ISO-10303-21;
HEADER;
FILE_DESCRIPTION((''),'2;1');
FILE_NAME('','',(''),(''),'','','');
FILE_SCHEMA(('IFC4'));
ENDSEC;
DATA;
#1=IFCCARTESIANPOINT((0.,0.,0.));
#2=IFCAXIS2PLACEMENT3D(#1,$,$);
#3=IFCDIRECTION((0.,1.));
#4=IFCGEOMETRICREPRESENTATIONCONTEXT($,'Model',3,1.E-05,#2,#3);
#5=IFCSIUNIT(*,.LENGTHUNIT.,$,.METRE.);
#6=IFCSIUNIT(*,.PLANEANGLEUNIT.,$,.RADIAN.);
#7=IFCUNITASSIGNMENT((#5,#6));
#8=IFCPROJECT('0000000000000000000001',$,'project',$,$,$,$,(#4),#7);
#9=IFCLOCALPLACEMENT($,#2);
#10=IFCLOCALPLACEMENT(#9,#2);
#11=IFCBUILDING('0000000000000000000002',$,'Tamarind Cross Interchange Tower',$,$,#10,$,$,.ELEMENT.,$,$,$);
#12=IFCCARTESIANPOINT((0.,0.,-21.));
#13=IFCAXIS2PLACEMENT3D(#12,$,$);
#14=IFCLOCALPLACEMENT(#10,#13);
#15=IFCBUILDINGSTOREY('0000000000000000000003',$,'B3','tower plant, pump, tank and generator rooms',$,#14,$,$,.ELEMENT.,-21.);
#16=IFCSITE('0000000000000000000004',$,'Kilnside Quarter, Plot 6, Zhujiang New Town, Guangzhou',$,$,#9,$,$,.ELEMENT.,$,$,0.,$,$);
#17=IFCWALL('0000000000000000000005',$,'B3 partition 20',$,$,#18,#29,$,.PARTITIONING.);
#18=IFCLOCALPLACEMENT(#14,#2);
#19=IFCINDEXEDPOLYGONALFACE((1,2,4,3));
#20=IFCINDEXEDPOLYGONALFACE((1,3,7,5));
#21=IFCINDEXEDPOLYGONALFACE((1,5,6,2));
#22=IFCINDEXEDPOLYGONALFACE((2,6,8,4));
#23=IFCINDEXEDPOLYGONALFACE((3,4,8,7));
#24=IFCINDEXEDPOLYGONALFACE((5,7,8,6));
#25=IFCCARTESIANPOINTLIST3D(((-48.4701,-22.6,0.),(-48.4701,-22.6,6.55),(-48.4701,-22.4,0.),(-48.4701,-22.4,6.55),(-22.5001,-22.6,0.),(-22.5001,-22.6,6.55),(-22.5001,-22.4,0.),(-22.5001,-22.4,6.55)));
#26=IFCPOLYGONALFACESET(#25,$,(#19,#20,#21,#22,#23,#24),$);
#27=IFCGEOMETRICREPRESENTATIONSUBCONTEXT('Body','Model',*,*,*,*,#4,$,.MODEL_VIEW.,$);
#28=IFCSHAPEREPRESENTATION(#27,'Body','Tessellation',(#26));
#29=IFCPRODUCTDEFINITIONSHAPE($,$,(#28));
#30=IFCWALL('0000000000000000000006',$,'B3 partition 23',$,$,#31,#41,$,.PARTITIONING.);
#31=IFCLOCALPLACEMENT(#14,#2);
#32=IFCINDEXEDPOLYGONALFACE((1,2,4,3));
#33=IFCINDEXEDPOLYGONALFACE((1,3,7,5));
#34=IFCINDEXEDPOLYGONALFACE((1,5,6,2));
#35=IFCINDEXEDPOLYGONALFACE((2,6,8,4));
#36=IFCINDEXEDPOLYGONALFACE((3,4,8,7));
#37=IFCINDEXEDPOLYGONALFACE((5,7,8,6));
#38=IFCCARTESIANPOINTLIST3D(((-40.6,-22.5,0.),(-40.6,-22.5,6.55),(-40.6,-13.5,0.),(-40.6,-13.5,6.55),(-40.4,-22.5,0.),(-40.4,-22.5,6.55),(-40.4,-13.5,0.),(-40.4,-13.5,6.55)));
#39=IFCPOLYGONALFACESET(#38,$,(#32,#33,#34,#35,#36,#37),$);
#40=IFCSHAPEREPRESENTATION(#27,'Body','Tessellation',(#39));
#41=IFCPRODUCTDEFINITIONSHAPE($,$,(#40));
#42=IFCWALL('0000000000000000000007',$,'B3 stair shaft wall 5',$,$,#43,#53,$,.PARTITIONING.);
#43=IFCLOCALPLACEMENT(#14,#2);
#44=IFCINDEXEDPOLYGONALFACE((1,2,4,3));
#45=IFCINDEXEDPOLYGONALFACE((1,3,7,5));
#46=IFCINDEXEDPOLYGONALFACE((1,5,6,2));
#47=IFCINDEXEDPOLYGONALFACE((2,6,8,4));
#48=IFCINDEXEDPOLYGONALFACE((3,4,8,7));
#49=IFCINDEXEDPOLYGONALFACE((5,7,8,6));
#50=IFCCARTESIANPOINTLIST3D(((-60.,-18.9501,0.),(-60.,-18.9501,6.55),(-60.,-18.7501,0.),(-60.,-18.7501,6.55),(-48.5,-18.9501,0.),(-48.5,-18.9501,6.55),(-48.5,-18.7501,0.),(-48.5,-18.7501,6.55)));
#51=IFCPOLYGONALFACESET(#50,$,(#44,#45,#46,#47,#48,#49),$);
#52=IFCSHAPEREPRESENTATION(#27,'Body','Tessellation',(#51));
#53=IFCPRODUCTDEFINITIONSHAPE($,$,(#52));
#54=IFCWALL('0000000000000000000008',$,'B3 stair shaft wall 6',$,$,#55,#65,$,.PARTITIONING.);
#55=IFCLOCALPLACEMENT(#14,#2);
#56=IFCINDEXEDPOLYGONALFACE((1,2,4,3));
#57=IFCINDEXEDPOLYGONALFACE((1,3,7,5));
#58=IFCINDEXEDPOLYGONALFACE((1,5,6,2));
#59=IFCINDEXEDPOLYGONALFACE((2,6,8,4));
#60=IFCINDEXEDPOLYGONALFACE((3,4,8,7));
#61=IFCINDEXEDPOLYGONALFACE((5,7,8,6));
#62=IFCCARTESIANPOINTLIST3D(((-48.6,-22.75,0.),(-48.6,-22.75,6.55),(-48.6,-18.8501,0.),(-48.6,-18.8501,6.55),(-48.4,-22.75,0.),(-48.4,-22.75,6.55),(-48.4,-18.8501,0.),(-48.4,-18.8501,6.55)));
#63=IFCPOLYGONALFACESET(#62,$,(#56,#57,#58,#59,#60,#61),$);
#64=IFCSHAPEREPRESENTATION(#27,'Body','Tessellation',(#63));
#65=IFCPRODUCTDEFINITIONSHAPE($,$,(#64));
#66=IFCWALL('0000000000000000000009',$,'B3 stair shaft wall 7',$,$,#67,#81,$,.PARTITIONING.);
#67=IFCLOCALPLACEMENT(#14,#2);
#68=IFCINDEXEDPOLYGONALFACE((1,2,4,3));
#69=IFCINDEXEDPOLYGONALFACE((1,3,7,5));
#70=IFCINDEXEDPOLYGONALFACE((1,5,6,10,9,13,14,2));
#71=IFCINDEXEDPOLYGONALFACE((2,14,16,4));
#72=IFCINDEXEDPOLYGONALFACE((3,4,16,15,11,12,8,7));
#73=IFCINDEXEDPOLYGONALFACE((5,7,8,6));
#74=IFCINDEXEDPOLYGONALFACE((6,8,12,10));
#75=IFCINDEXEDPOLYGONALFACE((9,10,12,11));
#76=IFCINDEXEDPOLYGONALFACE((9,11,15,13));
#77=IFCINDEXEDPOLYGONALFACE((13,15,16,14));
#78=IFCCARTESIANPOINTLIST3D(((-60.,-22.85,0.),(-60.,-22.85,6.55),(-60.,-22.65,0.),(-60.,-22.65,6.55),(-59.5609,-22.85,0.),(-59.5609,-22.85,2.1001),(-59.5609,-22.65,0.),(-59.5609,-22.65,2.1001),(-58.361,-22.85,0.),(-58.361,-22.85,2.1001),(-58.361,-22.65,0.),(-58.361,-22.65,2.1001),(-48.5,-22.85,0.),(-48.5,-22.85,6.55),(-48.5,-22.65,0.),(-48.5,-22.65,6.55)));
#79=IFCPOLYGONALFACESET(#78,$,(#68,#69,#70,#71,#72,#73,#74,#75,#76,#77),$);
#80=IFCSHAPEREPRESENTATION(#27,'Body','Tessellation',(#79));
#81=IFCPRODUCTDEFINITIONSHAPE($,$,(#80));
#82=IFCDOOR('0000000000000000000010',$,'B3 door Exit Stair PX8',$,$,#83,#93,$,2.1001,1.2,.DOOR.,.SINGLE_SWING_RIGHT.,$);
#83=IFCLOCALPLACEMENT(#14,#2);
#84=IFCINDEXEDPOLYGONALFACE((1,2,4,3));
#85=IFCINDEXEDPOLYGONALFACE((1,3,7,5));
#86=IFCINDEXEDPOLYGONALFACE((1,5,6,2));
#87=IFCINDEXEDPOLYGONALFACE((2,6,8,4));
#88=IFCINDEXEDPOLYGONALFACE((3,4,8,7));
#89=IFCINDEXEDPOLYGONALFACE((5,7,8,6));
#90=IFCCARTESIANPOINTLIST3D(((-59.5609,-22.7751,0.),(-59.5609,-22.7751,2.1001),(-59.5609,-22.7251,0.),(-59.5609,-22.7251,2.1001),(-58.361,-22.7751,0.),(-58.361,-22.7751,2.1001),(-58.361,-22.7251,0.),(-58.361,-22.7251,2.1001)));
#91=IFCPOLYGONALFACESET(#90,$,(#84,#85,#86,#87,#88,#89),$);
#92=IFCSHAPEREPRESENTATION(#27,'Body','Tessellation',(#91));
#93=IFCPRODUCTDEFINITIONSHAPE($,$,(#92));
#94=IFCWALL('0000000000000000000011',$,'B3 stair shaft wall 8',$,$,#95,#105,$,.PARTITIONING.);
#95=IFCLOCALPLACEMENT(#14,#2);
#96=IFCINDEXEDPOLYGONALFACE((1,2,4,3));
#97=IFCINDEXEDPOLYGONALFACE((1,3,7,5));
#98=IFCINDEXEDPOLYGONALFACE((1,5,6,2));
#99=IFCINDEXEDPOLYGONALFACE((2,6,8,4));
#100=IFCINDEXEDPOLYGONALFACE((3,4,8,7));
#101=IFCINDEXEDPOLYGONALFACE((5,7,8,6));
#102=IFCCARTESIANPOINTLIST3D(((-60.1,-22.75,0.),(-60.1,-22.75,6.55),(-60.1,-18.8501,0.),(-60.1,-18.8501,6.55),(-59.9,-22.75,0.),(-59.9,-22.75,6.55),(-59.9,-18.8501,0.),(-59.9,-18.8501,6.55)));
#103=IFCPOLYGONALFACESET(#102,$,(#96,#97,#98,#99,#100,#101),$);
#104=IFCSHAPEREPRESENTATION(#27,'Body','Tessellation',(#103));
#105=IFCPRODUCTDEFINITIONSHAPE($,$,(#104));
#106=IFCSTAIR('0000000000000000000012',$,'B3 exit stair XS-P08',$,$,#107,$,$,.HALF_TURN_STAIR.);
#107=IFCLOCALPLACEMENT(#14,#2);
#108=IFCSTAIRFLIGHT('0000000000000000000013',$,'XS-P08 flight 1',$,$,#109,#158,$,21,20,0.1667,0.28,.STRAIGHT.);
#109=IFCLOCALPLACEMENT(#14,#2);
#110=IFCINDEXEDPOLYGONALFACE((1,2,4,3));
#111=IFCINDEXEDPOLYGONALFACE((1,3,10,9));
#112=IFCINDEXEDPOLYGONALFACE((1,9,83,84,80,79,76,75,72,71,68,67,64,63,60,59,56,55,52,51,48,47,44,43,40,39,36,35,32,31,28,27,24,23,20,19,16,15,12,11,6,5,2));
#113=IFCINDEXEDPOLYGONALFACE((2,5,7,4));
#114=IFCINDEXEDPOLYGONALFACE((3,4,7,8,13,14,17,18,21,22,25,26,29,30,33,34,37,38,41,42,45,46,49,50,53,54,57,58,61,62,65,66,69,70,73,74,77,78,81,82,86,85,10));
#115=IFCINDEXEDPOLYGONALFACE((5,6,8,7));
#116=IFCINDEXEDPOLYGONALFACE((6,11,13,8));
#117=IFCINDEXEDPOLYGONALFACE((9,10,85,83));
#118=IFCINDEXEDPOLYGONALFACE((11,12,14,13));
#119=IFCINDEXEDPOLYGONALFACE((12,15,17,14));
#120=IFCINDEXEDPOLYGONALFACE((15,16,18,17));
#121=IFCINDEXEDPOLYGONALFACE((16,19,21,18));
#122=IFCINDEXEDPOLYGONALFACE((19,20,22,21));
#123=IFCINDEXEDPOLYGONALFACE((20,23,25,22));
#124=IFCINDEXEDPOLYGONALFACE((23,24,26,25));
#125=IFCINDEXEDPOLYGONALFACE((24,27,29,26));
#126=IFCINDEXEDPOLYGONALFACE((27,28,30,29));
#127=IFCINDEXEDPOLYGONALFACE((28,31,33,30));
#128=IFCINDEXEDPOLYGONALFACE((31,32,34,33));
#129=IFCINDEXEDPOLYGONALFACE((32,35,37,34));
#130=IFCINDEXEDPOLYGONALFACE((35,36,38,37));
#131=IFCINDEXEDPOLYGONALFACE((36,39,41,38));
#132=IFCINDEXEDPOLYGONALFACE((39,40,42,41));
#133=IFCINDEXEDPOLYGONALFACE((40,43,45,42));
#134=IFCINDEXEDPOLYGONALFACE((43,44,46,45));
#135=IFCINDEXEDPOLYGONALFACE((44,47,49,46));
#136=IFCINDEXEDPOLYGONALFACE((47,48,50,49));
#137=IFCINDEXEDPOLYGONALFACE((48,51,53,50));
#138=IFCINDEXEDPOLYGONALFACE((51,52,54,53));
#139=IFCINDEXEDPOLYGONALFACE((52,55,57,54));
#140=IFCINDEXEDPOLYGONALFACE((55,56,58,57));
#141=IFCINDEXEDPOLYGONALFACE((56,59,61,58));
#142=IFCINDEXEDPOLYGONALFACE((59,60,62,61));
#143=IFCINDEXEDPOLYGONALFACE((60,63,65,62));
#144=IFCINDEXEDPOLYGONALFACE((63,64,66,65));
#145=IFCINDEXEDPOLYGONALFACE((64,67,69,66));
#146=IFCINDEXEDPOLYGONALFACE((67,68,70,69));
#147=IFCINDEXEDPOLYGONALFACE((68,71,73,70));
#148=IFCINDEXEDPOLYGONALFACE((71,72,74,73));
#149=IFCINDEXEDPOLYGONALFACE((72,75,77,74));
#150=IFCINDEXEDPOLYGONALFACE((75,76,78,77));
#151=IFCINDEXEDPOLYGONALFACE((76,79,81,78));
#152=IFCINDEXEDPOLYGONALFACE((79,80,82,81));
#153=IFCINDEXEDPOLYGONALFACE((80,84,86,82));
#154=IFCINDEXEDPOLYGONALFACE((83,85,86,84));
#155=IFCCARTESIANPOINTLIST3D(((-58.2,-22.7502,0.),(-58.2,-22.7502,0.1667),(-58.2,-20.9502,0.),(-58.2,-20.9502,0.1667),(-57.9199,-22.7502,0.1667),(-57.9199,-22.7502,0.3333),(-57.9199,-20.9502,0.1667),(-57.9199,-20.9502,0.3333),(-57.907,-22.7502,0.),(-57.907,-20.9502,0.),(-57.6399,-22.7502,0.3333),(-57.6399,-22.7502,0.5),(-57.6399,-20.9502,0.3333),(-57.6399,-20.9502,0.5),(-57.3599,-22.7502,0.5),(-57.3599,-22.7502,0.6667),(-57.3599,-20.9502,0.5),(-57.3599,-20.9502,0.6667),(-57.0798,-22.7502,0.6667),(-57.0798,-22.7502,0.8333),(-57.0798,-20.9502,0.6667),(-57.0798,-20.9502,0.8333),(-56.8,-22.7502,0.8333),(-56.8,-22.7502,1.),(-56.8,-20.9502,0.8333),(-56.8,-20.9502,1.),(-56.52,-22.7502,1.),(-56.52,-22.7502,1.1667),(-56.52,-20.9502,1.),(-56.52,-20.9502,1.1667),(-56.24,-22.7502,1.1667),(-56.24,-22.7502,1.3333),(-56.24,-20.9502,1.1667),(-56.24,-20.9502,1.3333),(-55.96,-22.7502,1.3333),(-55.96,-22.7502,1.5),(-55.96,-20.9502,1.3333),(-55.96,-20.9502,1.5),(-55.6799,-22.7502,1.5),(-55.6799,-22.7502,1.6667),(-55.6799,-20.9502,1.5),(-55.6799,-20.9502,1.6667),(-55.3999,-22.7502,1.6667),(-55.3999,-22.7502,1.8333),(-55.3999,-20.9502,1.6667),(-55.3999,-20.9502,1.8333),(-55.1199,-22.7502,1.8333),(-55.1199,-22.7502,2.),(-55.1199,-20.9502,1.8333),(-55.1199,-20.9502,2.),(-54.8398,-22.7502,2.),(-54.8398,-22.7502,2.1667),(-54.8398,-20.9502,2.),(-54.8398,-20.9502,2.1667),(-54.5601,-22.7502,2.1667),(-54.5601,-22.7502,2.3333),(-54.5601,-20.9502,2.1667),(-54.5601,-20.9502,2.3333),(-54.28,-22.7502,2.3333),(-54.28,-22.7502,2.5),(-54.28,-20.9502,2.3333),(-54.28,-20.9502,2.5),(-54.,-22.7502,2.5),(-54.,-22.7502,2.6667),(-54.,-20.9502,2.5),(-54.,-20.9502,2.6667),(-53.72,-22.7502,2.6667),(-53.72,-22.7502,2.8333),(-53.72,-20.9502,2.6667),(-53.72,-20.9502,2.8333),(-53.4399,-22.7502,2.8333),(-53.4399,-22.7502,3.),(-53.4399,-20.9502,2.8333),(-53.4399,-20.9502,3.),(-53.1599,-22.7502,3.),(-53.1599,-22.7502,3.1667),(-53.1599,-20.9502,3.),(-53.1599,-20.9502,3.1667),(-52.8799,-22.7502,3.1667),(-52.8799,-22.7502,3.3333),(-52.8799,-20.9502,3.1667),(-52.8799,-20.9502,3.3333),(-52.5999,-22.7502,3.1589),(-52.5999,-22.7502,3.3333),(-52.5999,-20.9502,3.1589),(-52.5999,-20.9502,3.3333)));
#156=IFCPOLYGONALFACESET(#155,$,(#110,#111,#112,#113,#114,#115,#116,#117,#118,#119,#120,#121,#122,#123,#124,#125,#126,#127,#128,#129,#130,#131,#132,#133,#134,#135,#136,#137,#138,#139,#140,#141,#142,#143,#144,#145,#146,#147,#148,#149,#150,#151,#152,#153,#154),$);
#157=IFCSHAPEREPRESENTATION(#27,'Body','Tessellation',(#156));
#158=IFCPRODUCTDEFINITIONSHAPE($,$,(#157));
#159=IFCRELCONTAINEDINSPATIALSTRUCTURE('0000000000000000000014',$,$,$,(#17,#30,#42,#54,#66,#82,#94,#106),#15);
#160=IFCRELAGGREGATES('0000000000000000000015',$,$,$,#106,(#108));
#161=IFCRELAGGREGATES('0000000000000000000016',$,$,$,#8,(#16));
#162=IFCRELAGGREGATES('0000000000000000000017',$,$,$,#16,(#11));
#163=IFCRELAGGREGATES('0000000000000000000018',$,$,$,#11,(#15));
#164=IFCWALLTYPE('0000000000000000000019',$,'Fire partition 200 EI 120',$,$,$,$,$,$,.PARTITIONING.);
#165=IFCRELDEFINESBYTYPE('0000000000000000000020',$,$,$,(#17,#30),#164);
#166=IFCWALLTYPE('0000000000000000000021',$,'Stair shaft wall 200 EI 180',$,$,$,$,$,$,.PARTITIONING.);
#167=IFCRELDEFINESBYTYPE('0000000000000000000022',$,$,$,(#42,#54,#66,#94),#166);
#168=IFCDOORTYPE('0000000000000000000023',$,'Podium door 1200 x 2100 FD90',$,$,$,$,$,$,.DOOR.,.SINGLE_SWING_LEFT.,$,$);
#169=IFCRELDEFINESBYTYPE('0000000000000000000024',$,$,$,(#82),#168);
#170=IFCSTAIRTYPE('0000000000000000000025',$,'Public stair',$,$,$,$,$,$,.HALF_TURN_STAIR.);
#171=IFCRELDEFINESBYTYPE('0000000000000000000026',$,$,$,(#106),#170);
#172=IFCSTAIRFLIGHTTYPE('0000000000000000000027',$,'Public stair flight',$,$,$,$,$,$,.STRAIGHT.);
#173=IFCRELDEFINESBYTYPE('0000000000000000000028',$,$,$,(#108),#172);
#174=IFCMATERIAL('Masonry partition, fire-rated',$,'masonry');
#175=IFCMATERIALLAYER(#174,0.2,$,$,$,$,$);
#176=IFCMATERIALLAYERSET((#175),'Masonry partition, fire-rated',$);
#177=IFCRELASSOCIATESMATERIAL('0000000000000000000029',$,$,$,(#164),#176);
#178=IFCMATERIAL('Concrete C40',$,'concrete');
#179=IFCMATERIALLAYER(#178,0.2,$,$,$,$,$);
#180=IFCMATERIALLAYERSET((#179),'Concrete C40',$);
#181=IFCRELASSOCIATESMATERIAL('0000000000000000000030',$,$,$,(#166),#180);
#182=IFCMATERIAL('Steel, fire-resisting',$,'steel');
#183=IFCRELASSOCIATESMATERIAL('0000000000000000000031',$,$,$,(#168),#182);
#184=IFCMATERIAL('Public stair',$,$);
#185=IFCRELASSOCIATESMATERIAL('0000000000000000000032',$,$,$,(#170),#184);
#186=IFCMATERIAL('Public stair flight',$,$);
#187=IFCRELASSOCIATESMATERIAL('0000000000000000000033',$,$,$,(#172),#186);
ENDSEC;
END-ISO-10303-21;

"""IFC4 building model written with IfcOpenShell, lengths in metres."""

from ifc_helpers import new_model, si_unit, direction, frame, frame_2d, origin, place, context, subcontext, project, spatial, polyline, rectangle, outline, extrude, material, layer, layer_set, type_object, element, fill, aggregate, save


model = new_model("IFC4")

# Units and contexts
model_context = context("Model", 3, precision=1e-05, world=origin(), true_north=direction((0.0, 1.0)))
body_context = subcontext(model_context, "Body", "Model", "MODEL_VIEW")
ifc_project = project(units=[si_unit("LENGTHUNIT", "METRE"), si_unit("PLANEANGLEUNIT", "RADIAN")], contexts=[model_context])

# Site, building, storey
site_placement = place(None, origin())
site = spatial("IfcSite", under=ifc_project, at=site_placement, Name="Kilnside Quarter, Plot 6, Zhujiang New Town, Guangzhou", CompositionType="ELEMENT", RefElevation=0.0)
building_placement = place(site_placement, origin())
building = spatial("IfcBuilding", under=site, at=building_placement, Name="Tamarind Cross Interchange Tower", CompositionType="ELEMENT")
storey_placement = place(building_placement, frame((0.0, 0.0, -21.0)))
storey = spatial("IfcBuildingStorey", under=building, at=storey_placement, Name="B3", Description="tower plant, pump, tank and generator rooms", CompositionType="ELEMENT", Elevation=-21.0)

# Shared definitions
ifc_material_1 = material(Name="Masonry partition, fire-rated", Category="masonry")
ifc_layer_1 = layer(ifc_material_1, 0.2)
ifc_layer_set_1 = layer_set([ifc_layer_1], Name="Masonry partition, fire-rated")
wall_type_1 = type_object("IfcWallType", Name="Fire partition 200 EI 120", PredefinedType="PARTITIONING", material=ifc_layer_set_1)

# Shared definitions
ifc_material_2 = material(Name="Steel, fire-resisting", Category="steel")

# Walls
wall_1_placement = place(storey_placement, frame((-48.47, -22.5, 0.0), z_axis=(0.0, 0.0, 1.0), x_axis=(1.0, 0.0, 0.0)))
element("IfcWall", 1, at=wall_1_placement, inside=storey, type_object=wall_type_1, Name="B3 partition 20", PredefinedType="PARTITIONING", context=body_context, shape_type="SweptSolid", body=[
    extrude(rectangle(XDim=25.97, YDim=0.2, at=frame_2d((12.9849, 0.0))), origin(), (0.0, 0.0, 1.0), 6.55),
])
wall_2_placement = place(storey_placement, frame((-40.5, -22.5, 0.0), z_axis=(0.0, 0.0, 1.0), x_axis=(0.0, 1.0, 0.0)))
element("IfcWall", 2, at=wall_2_placement, inside=storey, type_object=wall_type_1, Name="B3 partition 23", PredefinedType="PARTITIONING", context=body_context, shape_type="SweptSolid", body=[
    extrude(rectangle(XDim=9.0, YDim=0.2, at=frame_2d((4.5, 0.0))), origin(), (0.0, 0.0, 1.0), 6.55),
])
ifc_material_3 = material(Name="Concrete C40", Category="concrete")
ifc_layer_2 = layer(ifc_material_3, 0.2)
ifc_layer_set_2 = layer_set([ifc_layer_2], Name="Concrete C40")
wall_type_2 = type_object("IfcWallType", Name="Stair shaft wall 200 EI 180", PredefinedType="PARTITIONING", material=ifc_layer_set_2)
wall_3_placement = place(storey_placement, frame((-60.0, -18.8501, 0.0), z_axis=(0.0, 0.0, 1.0), x_axis=(1.0, 0.0, 0.0)))
element("IfcWall", 3, at=wall_3_placement, inside=storey, type_object=wall_type_2, Name="B3 stair shaft wall 5", PredefinedType="PARTITIONING", context=body_context, shape_type="SweptSolid", body=[
    extrude(rectangle(XDim=11.5, YDim=0.2, at=frame_2d((5.75, 0.0))), origin(), (0.0, 0.0, 1.0), 6.55),
])
wall_4_placement = place(storey_placement, frame((-48.5, -22.75, 0.0), z_axis=(0.0, 0.0, 1.0), x_axis=(0.0, 1.0, 0.0)))
element("IfcWall", 4, at=wall_4_placement, inside=storey, type_object=wall_type_2, Name="B3 stair shaft wall 6", PredefinedType="PARTITIONING", context=body_context, shape_type="SweptSolid", body=[
    extrude(rectangle(XDim=3.8999, YDim=0.2, at=frame_2d((1.95, 0.0))), origin(), (0.0, 0.0, 1.0), 6.55),
])

# Wall, opening, door
wall_5_placement = place(storey_placement, frame((-60.0, -22.75, 0.0), z_axis=(0.0, 0.0, 1.0), x_axis=(1.0, 0.0, 0.0)))
wall_5 = element("IfcWall", 5, at=wall_5_placement, inside=storey, type_object=wall_type_2, Name="B3 stair shaft wall 7", PredefinedType="PARTITIONING", context=body_context, shape_type="SweptSolid", body=[
    extrude(rectangle(XDim=11.5, YDim=0.2, at=frame_2d((5.75, 0.0))), origin(), (0.0, 0.0, 1.0), 6.55),
])
opening_1_placement = place(wall_5_placement, frame((0.439, 0.0, 0.0)))
opening_1 = element("IfcOpeningElement", 6, at=opening_1_placement, cuts=wall_5, PredefinedType="OPENING", context=body_context, shape_type="SweptSolid", body=[
    extrude(rectangle(XDim=1.2, YDim=2.1001, at=frame_2d((0.6001, 1.05))), frame((0.0, 0.1099, 0.0), z_axis=(0.0, -1.0, 0.0), x_axis=(1.0, 0.0, 0.0)), (0.0, 0.0, 1.0), 0.22),
])
door_type_1 = type_object("IfcDoorType", Name="Podium door 1200 x 2100 FD90", OperationType="SINGLE_SWING_LEFT", PredefinedType="DOOR", material=ifc_material_2)
door_1_placement = place(opening_1_placement, origin())
door_1 = element("IfcDoor", 7, at=door_1_placement, inside=storey, type_object=door_type_1, Name="B3 door Exit Stair PX8", OperationType="SINGLE_SWING_RIGHT", OverallHeight=2.1001, OverallWidth=1.2, PredefinedType="DOOR", context=body_context, shape_type="SweptSolid", body=[
    extrude(rectangle(XDim=1.2, YDim=2.1001, at=frame_2d((0.6001, 1.05))), frame((0.0, 0.0249, 0.0), z_axis=(0.0, -1.0, 0.0), x_axis=(1.0, 0.0, 0.0)), (0.0, 0.0, 1.0), 0.05),
])
fill(opening_1, door_1)

# Wall
wall_6_placement = place(storey_placement, frame((-60.0, -22.75, 0.0), z_axis=(0.0, 0.0, 1.0), x_axis=(0.0, 1.0, 0.0)))
element("IfcWall", 8, at=wall_6_placement, inside=storey, type_object=wall_type_2, Name="B3 stair shaft wall 8", PredefinedType="PARTITIONING", context=body_context, shape_type="SweptSolid", body=[
    extrude(rectangle(XDim=3.8999, YDim=0.2, at=frame_2d((1.95, 0.0))), origin(), (0.0, 0.0, 1.0), 6.55),
])

# Stair, stair flight
ifc_material_4 = material(Name="Public stair")
stair_type = type_object("IfcStairType", Name="Public stair", PredefinedType="HALF_TURN_STAIR", material=ifc_material_4)
stair_placement = place(storey_placement, origin())
stair = element("IfcStair", 9, at=stair_placement, inside=storey, type_object=stair_type, Name="B3 exit stair XS-P08", PredefinedType="HALF_TURN_STAIR")
ifc_material_5 = material(Name="Public stair flight")
stair_flight_type = type_object("IfcStairFlightType", Name="Public stair flight", PredefinedType="STRAIGHT", material=ifc_material_5)
stair_flight_1_placement = place(storey_placement, frame((-58.2, -21.8501, 0.0), z_axis=(0.0, 0.0, 1.0), x_axis=(1.0, 0.0, 0.0)))
stair_flight_1 = element("IfcStairFlight", 10, at=stair_flight_1_placement, type_object=stair_flight_type, Name="XS-P08 flight 1", NumberOfRisers=21, NumberOfTreads=20, PredefinedType="STRAIGHT", RiserHeight=0.1667, TreadLength=0.28, context=body_context, shape_type="SweptSolid", body=[
    extrude(outline(polyline([(0.0, 0.0), (0.0, 0.1667), (0.28, 0.1667), (0.28, 0.3333), (0.5601, 0.3333), (0.5601, 0.5), (0.8401, 0.5), (0.8401, 0.6667), (1.1201, 0.6667), (1.1201, 0.8333), (1.3999, 0.8333), (1.3999, 1.0), (1.6799, 1.0), (1.6799, 1.1667), (1.96, 1.1667), (1.96, 1.3333), (2.24, 1.3333), (2.24, 1.5), (2.52, 1.5), (2.52, 1.6667), (2.8, 1.6667), (2.8, 1.8333), (3.0801, 1.8333), (3.0801, 2.0), (3.3601, 2.0), (3.3601, 2.1667), (3.6399, 2.1667), (3.6399, 2.3333), (3.9199, 2.3333), (3.9199, 2.5), (4.2, 2.5), (4.2, 2.6667), (4.48, 2.6667), (4.48, 2.8333), (4.76, 2.8333), (4.76, 3.0), (5.04, 3.0), (5.04, 3.1667), (5.3201, 3.1667), (5.3201, 3.3333), (5.6001, 3.3333), (5.6001, 3.5), (5.6001, 3.1589), (0.293, 0.0), (0.0, 0.0)])), frame((0.0, 0.8999, 0.0), z_axis=(0.0, -1.0, 0.0), x_axis=(1.0, 0.0, 0.0)), (0.0, 0.0, 1.0), 1.8),
])
aggregate(stair, [stair_flight_1])

save(model, "model.ifc")
